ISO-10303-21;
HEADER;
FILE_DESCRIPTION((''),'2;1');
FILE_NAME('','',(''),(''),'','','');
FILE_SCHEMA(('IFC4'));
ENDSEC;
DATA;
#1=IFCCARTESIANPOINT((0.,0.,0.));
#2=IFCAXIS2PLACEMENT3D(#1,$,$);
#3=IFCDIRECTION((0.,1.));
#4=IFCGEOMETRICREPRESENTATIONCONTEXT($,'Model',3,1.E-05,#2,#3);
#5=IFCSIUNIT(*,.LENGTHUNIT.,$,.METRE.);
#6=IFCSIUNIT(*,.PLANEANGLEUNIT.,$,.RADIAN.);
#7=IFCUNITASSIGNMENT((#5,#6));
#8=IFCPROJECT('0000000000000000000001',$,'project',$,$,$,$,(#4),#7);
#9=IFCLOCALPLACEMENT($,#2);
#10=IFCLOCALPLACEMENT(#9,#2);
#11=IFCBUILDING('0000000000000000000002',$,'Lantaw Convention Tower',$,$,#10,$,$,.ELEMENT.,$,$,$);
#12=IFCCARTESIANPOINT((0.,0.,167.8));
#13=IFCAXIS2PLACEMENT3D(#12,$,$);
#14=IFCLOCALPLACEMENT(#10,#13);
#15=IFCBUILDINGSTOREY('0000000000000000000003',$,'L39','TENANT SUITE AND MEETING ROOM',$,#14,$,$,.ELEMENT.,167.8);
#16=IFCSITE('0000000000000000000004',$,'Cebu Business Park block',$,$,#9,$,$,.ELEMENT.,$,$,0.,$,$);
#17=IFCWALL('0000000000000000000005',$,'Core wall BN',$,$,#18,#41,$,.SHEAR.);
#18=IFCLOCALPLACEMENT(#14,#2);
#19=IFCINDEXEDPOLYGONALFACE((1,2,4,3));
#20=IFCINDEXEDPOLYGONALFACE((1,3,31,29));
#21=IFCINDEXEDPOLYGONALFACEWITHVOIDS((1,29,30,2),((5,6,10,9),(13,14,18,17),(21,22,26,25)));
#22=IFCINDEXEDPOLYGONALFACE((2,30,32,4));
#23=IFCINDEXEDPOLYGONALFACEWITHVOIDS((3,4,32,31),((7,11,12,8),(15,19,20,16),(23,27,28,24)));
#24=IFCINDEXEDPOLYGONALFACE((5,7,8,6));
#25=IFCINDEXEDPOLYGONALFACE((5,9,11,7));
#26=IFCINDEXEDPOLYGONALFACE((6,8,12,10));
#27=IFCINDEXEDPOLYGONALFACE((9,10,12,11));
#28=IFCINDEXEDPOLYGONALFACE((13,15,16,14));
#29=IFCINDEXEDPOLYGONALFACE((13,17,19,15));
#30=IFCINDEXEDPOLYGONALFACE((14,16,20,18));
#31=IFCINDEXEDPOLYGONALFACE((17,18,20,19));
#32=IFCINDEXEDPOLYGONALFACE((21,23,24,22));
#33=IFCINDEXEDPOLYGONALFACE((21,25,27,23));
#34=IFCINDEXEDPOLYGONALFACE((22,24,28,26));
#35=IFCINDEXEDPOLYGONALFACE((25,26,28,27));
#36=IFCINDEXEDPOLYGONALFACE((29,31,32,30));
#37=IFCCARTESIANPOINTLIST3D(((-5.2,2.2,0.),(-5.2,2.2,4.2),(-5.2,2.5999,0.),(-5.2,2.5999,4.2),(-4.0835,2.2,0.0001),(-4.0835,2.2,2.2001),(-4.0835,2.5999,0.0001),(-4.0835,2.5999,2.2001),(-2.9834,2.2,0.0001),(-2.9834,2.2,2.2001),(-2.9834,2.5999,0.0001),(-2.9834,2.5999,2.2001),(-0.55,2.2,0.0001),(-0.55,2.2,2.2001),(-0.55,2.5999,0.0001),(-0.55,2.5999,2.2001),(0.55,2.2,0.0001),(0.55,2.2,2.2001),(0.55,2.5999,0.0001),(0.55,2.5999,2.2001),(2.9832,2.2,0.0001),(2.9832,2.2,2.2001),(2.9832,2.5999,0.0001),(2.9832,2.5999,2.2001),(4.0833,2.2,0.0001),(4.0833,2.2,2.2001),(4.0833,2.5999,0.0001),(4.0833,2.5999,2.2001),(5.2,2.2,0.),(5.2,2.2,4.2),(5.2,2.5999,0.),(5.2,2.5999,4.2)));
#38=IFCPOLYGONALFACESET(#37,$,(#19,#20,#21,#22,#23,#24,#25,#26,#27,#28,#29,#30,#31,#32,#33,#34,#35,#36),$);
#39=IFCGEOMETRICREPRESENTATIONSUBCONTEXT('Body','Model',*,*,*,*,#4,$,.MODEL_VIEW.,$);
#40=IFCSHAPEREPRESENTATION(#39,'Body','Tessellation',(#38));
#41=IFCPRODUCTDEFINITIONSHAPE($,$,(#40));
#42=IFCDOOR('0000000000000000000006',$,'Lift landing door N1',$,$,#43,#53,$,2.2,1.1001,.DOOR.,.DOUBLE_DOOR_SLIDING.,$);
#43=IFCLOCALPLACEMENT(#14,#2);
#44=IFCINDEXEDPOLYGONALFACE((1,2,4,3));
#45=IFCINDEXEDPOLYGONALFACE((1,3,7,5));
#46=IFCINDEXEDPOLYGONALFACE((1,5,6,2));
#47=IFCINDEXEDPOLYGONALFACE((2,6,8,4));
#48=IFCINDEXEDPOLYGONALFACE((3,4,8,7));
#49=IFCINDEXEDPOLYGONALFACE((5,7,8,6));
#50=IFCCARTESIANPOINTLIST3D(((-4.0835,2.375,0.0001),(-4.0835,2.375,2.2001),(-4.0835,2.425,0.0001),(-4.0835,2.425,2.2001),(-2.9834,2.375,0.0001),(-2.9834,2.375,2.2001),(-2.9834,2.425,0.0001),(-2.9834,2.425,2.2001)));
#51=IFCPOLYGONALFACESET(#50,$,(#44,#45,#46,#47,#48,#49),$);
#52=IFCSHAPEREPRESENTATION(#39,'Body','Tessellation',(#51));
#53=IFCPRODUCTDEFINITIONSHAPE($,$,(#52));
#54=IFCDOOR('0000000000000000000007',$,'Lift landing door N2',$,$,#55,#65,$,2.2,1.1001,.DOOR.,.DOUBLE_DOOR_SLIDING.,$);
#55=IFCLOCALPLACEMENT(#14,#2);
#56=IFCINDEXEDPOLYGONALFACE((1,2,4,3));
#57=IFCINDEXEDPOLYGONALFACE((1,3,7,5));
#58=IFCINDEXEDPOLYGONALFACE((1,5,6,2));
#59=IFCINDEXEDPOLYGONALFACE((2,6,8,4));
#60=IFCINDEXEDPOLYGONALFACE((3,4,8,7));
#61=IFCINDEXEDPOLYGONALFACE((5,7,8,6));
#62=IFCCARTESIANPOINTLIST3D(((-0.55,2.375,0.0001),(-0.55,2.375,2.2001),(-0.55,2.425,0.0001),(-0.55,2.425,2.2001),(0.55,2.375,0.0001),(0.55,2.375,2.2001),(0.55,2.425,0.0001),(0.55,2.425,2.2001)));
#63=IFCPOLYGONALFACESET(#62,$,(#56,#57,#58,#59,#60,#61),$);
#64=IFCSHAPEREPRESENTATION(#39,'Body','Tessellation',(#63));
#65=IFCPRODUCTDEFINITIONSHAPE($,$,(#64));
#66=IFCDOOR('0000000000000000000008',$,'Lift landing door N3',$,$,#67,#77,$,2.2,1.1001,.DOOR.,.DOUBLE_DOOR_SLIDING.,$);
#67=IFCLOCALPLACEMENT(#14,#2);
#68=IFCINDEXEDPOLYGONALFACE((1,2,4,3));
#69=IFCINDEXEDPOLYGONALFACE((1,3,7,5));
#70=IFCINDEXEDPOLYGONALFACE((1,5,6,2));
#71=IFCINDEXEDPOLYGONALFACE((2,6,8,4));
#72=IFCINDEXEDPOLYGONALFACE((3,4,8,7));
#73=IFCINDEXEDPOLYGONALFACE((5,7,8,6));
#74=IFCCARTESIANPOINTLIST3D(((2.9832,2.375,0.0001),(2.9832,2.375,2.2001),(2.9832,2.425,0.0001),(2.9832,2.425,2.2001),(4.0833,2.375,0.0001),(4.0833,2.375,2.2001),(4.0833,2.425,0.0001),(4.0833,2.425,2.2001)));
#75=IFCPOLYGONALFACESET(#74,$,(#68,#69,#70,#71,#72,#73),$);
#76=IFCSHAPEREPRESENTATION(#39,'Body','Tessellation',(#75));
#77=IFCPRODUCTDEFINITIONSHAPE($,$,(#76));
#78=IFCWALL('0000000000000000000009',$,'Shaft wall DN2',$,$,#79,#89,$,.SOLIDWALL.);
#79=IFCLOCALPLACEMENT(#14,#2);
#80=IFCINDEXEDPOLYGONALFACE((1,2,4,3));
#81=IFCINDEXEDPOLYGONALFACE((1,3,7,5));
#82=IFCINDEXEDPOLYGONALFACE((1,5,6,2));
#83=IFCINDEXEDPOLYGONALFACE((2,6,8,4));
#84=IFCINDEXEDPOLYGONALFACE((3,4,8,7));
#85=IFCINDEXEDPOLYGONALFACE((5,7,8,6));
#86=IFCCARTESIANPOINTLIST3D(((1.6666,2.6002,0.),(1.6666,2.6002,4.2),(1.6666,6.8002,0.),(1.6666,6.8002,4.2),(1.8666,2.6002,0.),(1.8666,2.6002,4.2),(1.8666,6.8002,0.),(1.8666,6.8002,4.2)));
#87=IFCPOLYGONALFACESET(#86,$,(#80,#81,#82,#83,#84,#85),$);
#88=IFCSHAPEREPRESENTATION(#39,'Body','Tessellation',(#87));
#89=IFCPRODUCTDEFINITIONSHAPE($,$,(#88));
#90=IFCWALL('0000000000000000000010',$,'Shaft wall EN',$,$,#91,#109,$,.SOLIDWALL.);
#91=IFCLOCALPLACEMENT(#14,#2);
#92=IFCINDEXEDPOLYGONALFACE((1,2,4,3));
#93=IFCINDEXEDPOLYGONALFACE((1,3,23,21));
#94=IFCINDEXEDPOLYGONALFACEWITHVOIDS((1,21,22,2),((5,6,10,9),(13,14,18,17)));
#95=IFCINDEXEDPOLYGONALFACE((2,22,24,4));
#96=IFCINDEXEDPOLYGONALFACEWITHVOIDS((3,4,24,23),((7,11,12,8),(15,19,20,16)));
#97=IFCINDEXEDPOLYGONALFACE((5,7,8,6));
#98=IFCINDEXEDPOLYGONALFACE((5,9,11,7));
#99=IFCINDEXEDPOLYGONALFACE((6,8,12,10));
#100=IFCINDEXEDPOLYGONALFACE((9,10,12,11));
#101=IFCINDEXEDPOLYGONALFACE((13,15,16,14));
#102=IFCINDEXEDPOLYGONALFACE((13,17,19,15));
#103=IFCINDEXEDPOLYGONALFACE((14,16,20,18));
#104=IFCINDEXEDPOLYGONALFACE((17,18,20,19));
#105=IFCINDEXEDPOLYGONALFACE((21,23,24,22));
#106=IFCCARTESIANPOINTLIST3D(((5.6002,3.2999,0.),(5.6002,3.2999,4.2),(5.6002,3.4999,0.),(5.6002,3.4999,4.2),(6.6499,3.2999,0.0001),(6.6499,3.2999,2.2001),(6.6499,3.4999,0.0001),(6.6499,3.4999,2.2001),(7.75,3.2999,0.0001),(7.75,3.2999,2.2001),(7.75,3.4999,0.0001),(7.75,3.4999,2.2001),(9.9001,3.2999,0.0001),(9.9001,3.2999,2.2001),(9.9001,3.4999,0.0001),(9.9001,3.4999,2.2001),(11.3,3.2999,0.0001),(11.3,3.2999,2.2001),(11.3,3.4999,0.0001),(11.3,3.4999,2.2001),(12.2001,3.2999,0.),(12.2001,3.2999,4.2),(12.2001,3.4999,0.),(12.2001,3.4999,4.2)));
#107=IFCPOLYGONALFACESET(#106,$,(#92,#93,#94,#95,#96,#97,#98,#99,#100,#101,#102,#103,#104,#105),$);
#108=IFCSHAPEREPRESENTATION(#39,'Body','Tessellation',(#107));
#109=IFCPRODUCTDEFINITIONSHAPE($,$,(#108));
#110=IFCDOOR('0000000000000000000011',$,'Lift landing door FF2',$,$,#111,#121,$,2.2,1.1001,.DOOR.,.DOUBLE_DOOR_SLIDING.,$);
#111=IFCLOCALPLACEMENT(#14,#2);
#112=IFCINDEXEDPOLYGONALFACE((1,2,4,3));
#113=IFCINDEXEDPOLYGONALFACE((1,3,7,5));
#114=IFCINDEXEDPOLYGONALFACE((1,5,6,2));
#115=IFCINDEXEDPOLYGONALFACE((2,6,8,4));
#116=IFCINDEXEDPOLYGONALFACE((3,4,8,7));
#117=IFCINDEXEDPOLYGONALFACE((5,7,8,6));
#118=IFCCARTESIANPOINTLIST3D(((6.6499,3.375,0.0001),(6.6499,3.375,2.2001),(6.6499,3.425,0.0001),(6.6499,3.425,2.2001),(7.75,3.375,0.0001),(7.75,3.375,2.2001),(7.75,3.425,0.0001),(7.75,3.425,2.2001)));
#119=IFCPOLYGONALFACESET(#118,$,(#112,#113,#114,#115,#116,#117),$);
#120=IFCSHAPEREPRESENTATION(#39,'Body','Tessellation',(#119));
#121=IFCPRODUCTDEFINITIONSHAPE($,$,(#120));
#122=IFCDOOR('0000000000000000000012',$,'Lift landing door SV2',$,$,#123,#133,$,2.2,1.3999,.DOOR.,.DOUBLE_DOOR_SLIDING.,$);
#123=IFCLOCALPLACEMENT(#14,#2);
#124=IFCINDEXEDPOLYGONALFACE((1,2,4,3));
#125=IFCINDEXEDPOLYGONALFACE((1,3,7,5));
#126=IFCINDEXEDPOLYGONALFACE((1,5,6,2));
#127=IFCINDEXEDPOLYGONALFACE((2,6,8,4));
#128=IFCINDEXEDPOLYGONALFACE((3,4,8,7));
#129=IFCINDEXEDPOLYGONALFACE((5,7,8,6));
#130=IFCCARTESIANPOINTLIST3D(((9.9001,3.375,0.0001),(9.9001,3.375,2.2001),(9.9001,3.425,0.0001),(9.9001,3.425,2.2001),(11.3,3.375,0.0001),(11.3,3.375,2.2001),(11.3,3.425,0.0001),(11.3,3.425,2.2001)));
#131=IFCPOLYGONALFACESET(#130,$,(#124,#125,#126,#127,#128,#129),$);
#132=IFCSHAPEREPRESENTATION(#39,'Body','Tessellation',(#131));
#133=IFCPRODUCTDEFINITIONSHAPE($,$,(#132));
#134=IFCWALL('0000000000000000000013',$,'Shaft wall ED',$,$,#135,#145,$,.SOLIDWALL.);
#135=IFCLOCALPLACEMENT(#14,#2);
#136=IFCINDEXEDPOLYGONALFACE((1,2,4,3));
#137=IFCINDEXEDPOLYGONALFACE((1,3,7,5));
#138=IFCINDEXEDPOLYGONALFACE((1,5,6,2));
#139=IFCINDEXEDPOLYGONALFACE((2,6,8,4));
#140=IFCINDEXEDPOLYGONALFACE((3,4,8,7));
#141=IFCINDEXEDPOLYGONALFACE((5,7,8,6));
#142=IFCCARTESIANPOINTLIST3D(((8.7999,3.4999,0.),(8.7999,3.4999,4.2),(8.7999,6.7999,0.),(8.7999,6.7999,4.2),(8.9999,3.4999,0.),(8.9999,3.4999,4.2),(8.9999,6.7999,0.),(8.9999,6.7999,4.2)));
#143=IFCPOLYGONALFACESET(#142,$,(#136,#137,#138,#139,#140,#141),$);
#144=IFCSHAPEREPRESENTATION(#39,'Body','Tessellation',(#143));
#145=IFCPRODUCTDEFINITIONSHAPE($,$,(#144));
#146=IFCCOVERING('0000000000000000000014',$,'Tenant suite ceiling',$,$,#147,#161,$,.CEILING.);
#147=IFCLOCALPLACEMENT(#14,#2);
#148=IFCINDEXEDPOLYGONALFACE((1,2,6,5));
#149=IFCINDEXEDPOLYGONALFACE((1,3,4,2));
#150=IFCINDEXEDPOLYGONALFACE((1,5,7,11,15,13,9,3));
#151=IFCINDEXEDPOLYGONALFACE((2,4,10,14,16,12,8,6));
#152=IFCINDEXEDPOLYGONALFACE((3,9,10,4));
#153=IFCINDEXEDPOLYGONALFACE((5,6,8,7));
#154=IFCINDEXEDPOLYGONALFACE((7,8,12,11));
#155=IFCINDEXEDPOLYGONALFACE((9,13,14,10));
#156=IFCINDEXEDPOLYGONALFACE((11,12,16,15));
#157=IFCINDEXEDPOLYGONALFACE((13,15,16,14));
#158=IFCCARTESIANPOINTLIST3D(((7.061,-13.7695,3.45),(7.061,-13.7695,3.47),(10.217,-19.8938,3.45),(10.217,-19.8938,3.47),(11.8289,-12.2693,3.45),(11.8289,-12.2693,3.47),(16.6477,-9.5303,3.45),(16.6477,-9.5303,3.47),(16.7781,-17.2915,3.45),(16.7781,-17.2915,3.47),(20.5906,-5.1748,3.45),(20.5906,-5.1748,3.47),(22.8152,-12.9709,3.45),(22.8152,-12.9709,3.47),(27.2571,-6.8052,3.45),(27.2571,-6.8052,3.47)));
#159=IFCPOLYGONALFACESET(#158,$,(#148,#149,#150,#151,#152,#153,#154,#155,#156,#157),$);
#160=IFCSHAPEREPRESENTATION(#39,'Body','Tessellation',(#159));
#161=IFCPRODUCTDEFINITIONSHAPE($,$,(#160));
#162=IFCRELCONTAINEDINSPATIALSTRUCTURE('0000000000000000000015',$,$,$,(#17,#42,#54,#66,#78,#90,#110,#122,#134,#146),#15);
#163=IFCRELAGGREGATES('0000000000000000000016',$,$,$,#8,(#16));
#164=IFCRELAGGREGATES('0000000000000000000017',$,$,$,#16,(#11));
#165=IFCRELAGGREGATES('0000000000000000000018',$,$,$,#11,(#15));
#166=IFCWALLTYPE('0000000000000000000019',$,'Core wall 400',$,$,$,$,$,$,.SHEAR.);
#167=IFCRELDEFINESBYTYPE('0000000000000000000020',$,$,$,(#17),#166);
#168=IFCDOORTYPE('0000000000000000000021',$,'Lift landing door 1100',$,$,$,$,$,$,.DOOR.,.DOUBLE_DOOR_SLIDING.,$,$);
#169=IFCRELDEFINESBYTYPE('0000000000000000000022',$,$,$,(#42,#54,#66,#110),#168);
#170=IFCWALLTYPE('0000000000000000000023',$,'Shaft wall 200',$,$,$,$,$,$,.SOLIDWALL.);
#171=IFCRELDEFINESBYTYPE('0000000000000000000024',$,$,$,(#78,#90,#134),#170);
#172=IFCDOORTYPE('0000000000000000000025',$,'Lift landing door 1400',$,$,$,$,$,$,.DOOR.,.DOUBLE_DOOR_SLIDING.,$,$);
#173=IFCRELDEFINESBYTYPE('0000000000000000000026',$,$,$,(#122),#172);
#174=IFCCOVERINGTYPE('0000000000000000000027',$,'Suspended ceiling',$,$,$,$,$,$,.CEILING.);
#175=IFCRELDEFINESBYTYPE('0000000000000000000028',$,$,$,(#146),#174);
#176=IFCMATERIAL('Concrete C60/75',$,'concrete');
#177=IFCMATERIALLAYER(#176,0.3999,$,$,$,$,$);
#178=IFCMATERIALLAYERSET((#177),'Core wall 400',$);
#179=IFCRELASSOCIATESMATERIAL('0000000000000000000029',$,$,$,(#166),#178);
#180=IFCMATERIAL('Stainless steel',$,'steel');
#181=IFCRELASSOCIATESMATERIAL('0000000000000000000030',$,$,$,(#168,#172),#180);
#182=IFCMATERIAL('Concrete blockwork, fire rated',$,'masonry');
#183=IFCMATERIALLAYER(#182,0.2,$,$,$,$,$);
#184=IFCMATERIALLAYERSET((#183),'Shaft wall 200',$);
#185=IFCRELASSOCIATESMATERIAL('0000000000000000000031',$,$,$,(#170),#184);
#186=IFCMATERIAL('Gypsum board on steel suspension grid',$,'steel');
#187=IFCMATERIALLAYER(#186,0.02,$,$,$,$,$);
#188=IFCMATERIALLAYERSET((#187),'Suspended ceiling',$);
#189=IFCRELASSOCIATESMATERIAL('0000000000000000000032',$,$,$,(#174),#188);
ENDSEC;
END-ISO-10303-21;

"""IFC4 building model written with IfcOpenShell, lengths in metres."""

from ifc_helpers import new_model, si_unit, direction, frame, frame_2d, origin, place, context, subcontext, project, spatial, polyline, rectangle, outline, extrude, material, layer, layer_set, type_object, element, fill, save


model = new_model("IFC4")

# Units and contexts
model_context = context("Model", 3, precision=1e-05, world=origin(), true_north=direction((0.0, 1.0)))
body_context = subcontext(model_context, "Body", "Model", "MODEL_VIEW")
ifc_project = project(units=[si_unit("LENGTHUNIT", "METRE"), si_unit("PLANEANGLEUNIT", "RADIAN")], contexts=[model_context])

# Site, building, storey
site_placement = place(None, origin())
site = spatial("IfcSite", under=ifc_project, at=site_placement, Name="Cebu Business Park block", CompositionType="ELEMENT", RefElevation=0.0)
building_placement = place(site_placement, origin())
building = spatial("IfcBuilding", under=site, at=building_placement, Name="Lantaw Convention Tower", CompositionType="ELEMENT")
storey_placement = place(building_placement, frame((0.0, 0.0, 167.8)))
storey = spatial("IfcBuildingStorey", under=building, at=storey_placement, Name="L39", Description="TENANT SUITE AND MEETING ROOM", CompositionType="ELEMENT", Elevation=167.8)

# Wall, openings, doors
ifc_material_1 = material(Name="Concrete C60/75", Category="concrete")
ifc_layer_1 = layer(ifc_material_1, 0.3999)
ifc_layer_set_1 = layer_set([ifc_layer_1], Name="Core wall 400")
wall_type_1 = type_object("IfcWallType", Name="Core wall 400", PredefinedType="SHEAR", material=ifc_layer_set_1)
wall_1_placement = place(storey_placement, frame((5.2, 2.3999, 0.0), z_axis=(0.0, 0.0, 1.0), x_axis=(-1.0, 0.0, 0.0)))
wall_1 = element("IfcWall", 1, at=wall_1_placement, inside=storey, type_object=wall_type_1, Name="Core wall BN", PredefinedType="SHEAR", context=body_context, shape_type="SweptSolid", body=[
    extrude(rectangle(XDim=10.3999, YDim=0.3999, at=frame_2d((5.2, 0.0))), origin(), (0.0, 0.0, 1.0), 4.2),
])
opening_1_placement = place(wall_1_placement, frame((8.1833, 0.0, 0.0)))
opening_1 = element("IfcOpeningElement", 2, at=opening_1_placement, cuts=wall_1, PredefinedType="OPENING", context=body_context, shape_type="SweptSolid", body=[
    extrude(rectangle(XDim=1.1001, YDim=2.2, at=frame_2d((0.55, 1.1001))), frame((0.0, 0.21, 0.0), z_axis=(0.0, -1.0, 0.0), x_axis=(1.0, 0.0, 0.0)), (0.0, 0.0, 1.0), 0.4199),
])
opening_2_placement = place(wall_1_placement, frame((4.6499, 0.0, 0.0)))
opening_2 = element("IfcOpeningElement", 3, at=opening_2_placement, cuts=wall_1, PredefinedType="OPENING", context=body_context, shape_type="SweptSolid", body=[
    extrude(rectangle(XDim=1.1001, YDim=2.2, at=frame_2d((0.55, 1.1001))), frame((0.0, 0.21, 0.0), z_axis=(0.0, -1.0, 0.0), x_axis=(1.0, 0.0, 0.0)), (0.0, 0.0, 1.0), 0.4199),
])
opening_3_placement = place(wall_1_placement, frame((1.1167, 0.0, 0.0)))
opening_3 = element("IfcOpeningElement", 4, at=opening_3_placement, cuts=wall_1, PredefinedType="OPENING", context=body_context, shape_type="SweptSolid", body=[
    extrude(rectangle(XDim=1.1001, YDim=2.2, at=frame_2d((0.55, 1.1001))), frame((0.0, 0.21, 0.0), z_axis=(0.0, -1.0, 0.0), x_axis=(1.0, 0.0, 0.0)), (0.0, 0.0, 1.0), 0.4199),
])
ifc_material_2 = material(Name="Stainless steel", Category="steel")
door_type_1 = type_object("IfcDoorType", Name="Lift landing door 1100", OperationType="DOUBLE_DOOR_SLIDING", PredefinedType="DOOR", material=ifc_material_2)
door_1_placement = place(opening_1_placement, origin())
door_1 = element("IfcDoor", 5, at=door_1_placement, inside=storey, type_object=door_type_1, Name="Lift landing door N1", OperationType="DOUBLE_DOOR_SLIDING", OverallHeight=2.2, OverallWidth=1.1001, PredefinedType="DOOR", context=body_context, shape_type="SweptSolid", body=[
    extrude(rectangle(XDim=1.1001, YDim=2.2, at=frame_2d((0.55, 1.1001))), frame((0.0, 0.0249, 0.0), z_axis=(0.0, -1.0, 0.0), x_axis=(1.0, 0.0, 0.0)), (0.0, 0.0, 1.0), 0.05),
])
fill(opening_1, door_1)
door_2_placement = place(opening_2_placement, origin())
door_2 = element("IfcDoor", 6, at=door_2_placement, inside=storey, type_object=door_type_1, Name="Lift landing door N2", OperationType="DOUBLE_DOOR_SLIDING", OverallHeight=2.2, OverallWidth=1.1001, PredefinedType="DOOR", context=body_context, shape_type="SweptSolid", body=[
    extrude(rectangle(XDim=1.1001, YDim=2.2, at=frame_2d((0.55, 1.1001))), frame((0.0, 0.0249, 0.0), z_axis=(0.0, -1.0, 0.0), x_axis=(1.0, 0.0, 0.0)), (0.0, 0.0, 1.0), 0.05),
])
fill(opening_2, door_2)
door_3_placement = place(opening_3_placement, origin())
door_3 = element("IfcDoor", 7, at=door_3_placement, inside=storey, type_object=door_type_1, Name="Lift landing door N3", OperationType="DOUBLE_DOOR_SLIDING", OverallHeight=2.2, OverallWidth=1.1001, PredefinedType="DOOR", context=body_context, shape_type="SweptSolid", body=[
    extrude(rectangle(XDim=1.1001, YDim=2.2, at=frame_2d((0.55, 1.1001))), frame((0.0, 0.0249, 0.0), z_axis=(0.0, -1.0, 0.0), x_axis=(1.0, 0.0, 0.0)), (0.0, 0.0, 1.0), 0.05),
])
fill(opening_3, door_3)

# Wall
ifc_material_3 = material(Name="Concrete blockwork, fire rated", Category="masonry")
ifc_layer_2 = layer(ifc_material_3, 0.2)
ifc_layer_set_2 = layer_set([ifc_layer_2], Name="Shaft wall 200")
wall_type_2 = type_object("IfcWallType", Name="Shaft wall 200", PredefinedType="SOLIDWALL", material=ifc_layer_set_2)
wall_2_placement = place(storey_placement, frame((1.7666, 2.6001, 0.0), z_axis=(0.0, 0.0, 1.0), x_axis=(0.0, 1.0, 0.0)))
element("IfcWall", 8, at=wall_2_placement, inside=storey, type_object=wall_type_2, Name="Shaft wall DN2", PredefinedType="SOLIDWALL", context=body_context, shape_type="SweptSolid", body=[
    extrude(rectangle(XDim=4.2, YDim=0.2, at=frame_2d((2.1001, 0.0))), origin(), (0.0, 0.0, 1.0), 4.2),
])

# Wall, openings, doors
wall_3_placement = place(storey_placement, frame((12.2, 3.3999, 0.0), z_axis=(0.0, 0.0, 1.0), x_axis=(-1.0, 0.0, 0.0)))
wall_3 = element("IfcWall", 9, at=wall_3_placement, inside=storey, type_object=wall_type_2, Name="Shaft wall EN", PredefinedType="SOLIDWALL", context=body_context, shape_type="SweptSolid", body=[
    extrude(rectangle(XDim=6.5999, YDim=0.2, at=frame_2d((3.2998, 0.0))), origin(), (0.0, 0.0, 1.0), 4.2),
])
opening_4_placement = place(wall_3_placement, frame((4.45, 0.0, 0.0)))
opening_4 = element("IfcOpeningElement", 10, at=opening_4_placement, cuts=wall_3, PredefinedType="OPENING", context=body_context, shape_type="SweptSolid", body=[
    extrude(rectangle(XDim=1.1001, YDim=2.2, at=frame_2d((0.55, 1.1001))), frame((0.0, 0.1099, 0.0), z_axis=(0.0, -1.0, 0.0), x_axis=(1.0, 0.0, 0.0)), (0.0, 0.0, 1.0), 0.22),
])
opening_5_placement = place(wall_3_placement, frame((0.8999, 0.0, 0.0)))
opening_5 = element("IfcOpeningElement", 11, at=opening_5_placement, cuts=wall_3, PredefinedType="OPENING", context=body_context, shape_type="SweptSolid", body=[
    extrude(rectangle(XDim=1.3999, YDim=2.2, at=frame_2d((0.7, 1.1001))), frame((0.0, 0.1099, 0.0), z_axis=(0.0, -1.0, 0.0), x_axis=(1.0, 0.0, 0.0)), (0.0, 0.0, 1.0), 0.22),
])
door_4_placement = place(opening_4_placement, origin())
door_4 = element("IfcDoor", 12, at=door_4_placement, inside=storey, type_object=door_type_1, Name="Lift landing door FF2", OperationType="DOUBLE_DOOR_SLIDING", OverallHeight=2.2, OverallWidth=1.1001, PredefinedType="DOOR", context=body_context, shape_type="SweptSolid", body=[
    extrude(rectangle(XDim=1.1001, YDim=2.2, at=frame_2d((0.55, 1.1001))), frame((0.0, 0.0249, 0.0), z_axis=(0.0, -1.0, 0.0), x_axis=(1.0, 0.0, 0.0)), (0.0, 0.0, 1.0), 0.05),
])
fill(opening_4, door_4)
door_type_2 = type_object("IfcDoorType", Name="Lift landing door 1400", OperationType="DOUBLE_DOOR_SLIDING", PredefinedType="DOOR", material=ifc_material_2)
door_5_placement = place(opening_5_placement, origin())
door_5 = element("IfcDoor", 13, at=door_5_placement, inside=storey, type_object=door_type_2, Name="Lift landing door SV2", OperationType="DOUBLE_DOOR_SLIDING", OverallHeight=2.2, OverallWidth=1.3999, PredefinedType="DOOR", context=body_context, shape_type="SweptSolid", body=[
    extrude(rectangle(XDim=1.3999, YDim=2.2, at=frame_2d((0.7, 1.1001))), frame((0.0, 0.0249, 0.0), z_axis=(0.0, -1.0, 0.0), x_axis=(1.0, 0.0, 0.0)), (0.0, 0.0, 1.0), 0.05),
])
fill(opening_5, door_5)

# Wall
wall_4_placement = place(storey_placement, frame((8.8999, 3.5, 0.0), z_axis=(0.0, 0.0, 1.0), x_axis=(0.0, 1.0, 0.0)))
element("IfcWall", 14, at=wall_4_placement, inside=storey, type_object=wall_type_2, Name="Shaft wall ED", PredefinedType="SOLIDWALL", context=body_context, shape_type="SweptSolid", body=[
    extrude(rectangle(XDim=3.3, YDim=0.2, at=frame_2d((1.6499, 0.0))), origin(), (0.0, 0.0, 1.0), 4.2),
])

# Covering
ifc_material_4 = material(Name="Gypsum board on steel suspension grid", Category="steel")
ifc_layer_3 = layer(ifc_material_4, 0.02)
ifc_layer_set_3 = layer_set([ifc_layer_3], Name="Suspended ceiling")
covering_type = type_object("IfcCoveringType", Name="Suspended ceiling", PredefinedType="CEILING", material=ifc_layer_set_3)
covering_1_placement = place(storey_placement, frame((0.0, 0.0, 3.45)))
element("IfcCovering", 15, at=covering_1_placement, inside=storey, type_object=covering_type, Name="Tenant suite ceiling", PredefinedType="CEILING", context=body_context, shape_type="SweptSolid", body=[
    extrude(outline(polyline([(7.061, -13.7695), (10.217, -19.8938), (16.7781, -17.2915), (22.8152, -12.9709), (27.2571, -6.8052), (20.5906, -5.1748), (16.6477, -9.5303), (11.8289, -12.2693), (7.061, -13.7695)])), origin(), (0.0, 0.0, 1.0), 0.02),
])

save(model, "model.ifc")
